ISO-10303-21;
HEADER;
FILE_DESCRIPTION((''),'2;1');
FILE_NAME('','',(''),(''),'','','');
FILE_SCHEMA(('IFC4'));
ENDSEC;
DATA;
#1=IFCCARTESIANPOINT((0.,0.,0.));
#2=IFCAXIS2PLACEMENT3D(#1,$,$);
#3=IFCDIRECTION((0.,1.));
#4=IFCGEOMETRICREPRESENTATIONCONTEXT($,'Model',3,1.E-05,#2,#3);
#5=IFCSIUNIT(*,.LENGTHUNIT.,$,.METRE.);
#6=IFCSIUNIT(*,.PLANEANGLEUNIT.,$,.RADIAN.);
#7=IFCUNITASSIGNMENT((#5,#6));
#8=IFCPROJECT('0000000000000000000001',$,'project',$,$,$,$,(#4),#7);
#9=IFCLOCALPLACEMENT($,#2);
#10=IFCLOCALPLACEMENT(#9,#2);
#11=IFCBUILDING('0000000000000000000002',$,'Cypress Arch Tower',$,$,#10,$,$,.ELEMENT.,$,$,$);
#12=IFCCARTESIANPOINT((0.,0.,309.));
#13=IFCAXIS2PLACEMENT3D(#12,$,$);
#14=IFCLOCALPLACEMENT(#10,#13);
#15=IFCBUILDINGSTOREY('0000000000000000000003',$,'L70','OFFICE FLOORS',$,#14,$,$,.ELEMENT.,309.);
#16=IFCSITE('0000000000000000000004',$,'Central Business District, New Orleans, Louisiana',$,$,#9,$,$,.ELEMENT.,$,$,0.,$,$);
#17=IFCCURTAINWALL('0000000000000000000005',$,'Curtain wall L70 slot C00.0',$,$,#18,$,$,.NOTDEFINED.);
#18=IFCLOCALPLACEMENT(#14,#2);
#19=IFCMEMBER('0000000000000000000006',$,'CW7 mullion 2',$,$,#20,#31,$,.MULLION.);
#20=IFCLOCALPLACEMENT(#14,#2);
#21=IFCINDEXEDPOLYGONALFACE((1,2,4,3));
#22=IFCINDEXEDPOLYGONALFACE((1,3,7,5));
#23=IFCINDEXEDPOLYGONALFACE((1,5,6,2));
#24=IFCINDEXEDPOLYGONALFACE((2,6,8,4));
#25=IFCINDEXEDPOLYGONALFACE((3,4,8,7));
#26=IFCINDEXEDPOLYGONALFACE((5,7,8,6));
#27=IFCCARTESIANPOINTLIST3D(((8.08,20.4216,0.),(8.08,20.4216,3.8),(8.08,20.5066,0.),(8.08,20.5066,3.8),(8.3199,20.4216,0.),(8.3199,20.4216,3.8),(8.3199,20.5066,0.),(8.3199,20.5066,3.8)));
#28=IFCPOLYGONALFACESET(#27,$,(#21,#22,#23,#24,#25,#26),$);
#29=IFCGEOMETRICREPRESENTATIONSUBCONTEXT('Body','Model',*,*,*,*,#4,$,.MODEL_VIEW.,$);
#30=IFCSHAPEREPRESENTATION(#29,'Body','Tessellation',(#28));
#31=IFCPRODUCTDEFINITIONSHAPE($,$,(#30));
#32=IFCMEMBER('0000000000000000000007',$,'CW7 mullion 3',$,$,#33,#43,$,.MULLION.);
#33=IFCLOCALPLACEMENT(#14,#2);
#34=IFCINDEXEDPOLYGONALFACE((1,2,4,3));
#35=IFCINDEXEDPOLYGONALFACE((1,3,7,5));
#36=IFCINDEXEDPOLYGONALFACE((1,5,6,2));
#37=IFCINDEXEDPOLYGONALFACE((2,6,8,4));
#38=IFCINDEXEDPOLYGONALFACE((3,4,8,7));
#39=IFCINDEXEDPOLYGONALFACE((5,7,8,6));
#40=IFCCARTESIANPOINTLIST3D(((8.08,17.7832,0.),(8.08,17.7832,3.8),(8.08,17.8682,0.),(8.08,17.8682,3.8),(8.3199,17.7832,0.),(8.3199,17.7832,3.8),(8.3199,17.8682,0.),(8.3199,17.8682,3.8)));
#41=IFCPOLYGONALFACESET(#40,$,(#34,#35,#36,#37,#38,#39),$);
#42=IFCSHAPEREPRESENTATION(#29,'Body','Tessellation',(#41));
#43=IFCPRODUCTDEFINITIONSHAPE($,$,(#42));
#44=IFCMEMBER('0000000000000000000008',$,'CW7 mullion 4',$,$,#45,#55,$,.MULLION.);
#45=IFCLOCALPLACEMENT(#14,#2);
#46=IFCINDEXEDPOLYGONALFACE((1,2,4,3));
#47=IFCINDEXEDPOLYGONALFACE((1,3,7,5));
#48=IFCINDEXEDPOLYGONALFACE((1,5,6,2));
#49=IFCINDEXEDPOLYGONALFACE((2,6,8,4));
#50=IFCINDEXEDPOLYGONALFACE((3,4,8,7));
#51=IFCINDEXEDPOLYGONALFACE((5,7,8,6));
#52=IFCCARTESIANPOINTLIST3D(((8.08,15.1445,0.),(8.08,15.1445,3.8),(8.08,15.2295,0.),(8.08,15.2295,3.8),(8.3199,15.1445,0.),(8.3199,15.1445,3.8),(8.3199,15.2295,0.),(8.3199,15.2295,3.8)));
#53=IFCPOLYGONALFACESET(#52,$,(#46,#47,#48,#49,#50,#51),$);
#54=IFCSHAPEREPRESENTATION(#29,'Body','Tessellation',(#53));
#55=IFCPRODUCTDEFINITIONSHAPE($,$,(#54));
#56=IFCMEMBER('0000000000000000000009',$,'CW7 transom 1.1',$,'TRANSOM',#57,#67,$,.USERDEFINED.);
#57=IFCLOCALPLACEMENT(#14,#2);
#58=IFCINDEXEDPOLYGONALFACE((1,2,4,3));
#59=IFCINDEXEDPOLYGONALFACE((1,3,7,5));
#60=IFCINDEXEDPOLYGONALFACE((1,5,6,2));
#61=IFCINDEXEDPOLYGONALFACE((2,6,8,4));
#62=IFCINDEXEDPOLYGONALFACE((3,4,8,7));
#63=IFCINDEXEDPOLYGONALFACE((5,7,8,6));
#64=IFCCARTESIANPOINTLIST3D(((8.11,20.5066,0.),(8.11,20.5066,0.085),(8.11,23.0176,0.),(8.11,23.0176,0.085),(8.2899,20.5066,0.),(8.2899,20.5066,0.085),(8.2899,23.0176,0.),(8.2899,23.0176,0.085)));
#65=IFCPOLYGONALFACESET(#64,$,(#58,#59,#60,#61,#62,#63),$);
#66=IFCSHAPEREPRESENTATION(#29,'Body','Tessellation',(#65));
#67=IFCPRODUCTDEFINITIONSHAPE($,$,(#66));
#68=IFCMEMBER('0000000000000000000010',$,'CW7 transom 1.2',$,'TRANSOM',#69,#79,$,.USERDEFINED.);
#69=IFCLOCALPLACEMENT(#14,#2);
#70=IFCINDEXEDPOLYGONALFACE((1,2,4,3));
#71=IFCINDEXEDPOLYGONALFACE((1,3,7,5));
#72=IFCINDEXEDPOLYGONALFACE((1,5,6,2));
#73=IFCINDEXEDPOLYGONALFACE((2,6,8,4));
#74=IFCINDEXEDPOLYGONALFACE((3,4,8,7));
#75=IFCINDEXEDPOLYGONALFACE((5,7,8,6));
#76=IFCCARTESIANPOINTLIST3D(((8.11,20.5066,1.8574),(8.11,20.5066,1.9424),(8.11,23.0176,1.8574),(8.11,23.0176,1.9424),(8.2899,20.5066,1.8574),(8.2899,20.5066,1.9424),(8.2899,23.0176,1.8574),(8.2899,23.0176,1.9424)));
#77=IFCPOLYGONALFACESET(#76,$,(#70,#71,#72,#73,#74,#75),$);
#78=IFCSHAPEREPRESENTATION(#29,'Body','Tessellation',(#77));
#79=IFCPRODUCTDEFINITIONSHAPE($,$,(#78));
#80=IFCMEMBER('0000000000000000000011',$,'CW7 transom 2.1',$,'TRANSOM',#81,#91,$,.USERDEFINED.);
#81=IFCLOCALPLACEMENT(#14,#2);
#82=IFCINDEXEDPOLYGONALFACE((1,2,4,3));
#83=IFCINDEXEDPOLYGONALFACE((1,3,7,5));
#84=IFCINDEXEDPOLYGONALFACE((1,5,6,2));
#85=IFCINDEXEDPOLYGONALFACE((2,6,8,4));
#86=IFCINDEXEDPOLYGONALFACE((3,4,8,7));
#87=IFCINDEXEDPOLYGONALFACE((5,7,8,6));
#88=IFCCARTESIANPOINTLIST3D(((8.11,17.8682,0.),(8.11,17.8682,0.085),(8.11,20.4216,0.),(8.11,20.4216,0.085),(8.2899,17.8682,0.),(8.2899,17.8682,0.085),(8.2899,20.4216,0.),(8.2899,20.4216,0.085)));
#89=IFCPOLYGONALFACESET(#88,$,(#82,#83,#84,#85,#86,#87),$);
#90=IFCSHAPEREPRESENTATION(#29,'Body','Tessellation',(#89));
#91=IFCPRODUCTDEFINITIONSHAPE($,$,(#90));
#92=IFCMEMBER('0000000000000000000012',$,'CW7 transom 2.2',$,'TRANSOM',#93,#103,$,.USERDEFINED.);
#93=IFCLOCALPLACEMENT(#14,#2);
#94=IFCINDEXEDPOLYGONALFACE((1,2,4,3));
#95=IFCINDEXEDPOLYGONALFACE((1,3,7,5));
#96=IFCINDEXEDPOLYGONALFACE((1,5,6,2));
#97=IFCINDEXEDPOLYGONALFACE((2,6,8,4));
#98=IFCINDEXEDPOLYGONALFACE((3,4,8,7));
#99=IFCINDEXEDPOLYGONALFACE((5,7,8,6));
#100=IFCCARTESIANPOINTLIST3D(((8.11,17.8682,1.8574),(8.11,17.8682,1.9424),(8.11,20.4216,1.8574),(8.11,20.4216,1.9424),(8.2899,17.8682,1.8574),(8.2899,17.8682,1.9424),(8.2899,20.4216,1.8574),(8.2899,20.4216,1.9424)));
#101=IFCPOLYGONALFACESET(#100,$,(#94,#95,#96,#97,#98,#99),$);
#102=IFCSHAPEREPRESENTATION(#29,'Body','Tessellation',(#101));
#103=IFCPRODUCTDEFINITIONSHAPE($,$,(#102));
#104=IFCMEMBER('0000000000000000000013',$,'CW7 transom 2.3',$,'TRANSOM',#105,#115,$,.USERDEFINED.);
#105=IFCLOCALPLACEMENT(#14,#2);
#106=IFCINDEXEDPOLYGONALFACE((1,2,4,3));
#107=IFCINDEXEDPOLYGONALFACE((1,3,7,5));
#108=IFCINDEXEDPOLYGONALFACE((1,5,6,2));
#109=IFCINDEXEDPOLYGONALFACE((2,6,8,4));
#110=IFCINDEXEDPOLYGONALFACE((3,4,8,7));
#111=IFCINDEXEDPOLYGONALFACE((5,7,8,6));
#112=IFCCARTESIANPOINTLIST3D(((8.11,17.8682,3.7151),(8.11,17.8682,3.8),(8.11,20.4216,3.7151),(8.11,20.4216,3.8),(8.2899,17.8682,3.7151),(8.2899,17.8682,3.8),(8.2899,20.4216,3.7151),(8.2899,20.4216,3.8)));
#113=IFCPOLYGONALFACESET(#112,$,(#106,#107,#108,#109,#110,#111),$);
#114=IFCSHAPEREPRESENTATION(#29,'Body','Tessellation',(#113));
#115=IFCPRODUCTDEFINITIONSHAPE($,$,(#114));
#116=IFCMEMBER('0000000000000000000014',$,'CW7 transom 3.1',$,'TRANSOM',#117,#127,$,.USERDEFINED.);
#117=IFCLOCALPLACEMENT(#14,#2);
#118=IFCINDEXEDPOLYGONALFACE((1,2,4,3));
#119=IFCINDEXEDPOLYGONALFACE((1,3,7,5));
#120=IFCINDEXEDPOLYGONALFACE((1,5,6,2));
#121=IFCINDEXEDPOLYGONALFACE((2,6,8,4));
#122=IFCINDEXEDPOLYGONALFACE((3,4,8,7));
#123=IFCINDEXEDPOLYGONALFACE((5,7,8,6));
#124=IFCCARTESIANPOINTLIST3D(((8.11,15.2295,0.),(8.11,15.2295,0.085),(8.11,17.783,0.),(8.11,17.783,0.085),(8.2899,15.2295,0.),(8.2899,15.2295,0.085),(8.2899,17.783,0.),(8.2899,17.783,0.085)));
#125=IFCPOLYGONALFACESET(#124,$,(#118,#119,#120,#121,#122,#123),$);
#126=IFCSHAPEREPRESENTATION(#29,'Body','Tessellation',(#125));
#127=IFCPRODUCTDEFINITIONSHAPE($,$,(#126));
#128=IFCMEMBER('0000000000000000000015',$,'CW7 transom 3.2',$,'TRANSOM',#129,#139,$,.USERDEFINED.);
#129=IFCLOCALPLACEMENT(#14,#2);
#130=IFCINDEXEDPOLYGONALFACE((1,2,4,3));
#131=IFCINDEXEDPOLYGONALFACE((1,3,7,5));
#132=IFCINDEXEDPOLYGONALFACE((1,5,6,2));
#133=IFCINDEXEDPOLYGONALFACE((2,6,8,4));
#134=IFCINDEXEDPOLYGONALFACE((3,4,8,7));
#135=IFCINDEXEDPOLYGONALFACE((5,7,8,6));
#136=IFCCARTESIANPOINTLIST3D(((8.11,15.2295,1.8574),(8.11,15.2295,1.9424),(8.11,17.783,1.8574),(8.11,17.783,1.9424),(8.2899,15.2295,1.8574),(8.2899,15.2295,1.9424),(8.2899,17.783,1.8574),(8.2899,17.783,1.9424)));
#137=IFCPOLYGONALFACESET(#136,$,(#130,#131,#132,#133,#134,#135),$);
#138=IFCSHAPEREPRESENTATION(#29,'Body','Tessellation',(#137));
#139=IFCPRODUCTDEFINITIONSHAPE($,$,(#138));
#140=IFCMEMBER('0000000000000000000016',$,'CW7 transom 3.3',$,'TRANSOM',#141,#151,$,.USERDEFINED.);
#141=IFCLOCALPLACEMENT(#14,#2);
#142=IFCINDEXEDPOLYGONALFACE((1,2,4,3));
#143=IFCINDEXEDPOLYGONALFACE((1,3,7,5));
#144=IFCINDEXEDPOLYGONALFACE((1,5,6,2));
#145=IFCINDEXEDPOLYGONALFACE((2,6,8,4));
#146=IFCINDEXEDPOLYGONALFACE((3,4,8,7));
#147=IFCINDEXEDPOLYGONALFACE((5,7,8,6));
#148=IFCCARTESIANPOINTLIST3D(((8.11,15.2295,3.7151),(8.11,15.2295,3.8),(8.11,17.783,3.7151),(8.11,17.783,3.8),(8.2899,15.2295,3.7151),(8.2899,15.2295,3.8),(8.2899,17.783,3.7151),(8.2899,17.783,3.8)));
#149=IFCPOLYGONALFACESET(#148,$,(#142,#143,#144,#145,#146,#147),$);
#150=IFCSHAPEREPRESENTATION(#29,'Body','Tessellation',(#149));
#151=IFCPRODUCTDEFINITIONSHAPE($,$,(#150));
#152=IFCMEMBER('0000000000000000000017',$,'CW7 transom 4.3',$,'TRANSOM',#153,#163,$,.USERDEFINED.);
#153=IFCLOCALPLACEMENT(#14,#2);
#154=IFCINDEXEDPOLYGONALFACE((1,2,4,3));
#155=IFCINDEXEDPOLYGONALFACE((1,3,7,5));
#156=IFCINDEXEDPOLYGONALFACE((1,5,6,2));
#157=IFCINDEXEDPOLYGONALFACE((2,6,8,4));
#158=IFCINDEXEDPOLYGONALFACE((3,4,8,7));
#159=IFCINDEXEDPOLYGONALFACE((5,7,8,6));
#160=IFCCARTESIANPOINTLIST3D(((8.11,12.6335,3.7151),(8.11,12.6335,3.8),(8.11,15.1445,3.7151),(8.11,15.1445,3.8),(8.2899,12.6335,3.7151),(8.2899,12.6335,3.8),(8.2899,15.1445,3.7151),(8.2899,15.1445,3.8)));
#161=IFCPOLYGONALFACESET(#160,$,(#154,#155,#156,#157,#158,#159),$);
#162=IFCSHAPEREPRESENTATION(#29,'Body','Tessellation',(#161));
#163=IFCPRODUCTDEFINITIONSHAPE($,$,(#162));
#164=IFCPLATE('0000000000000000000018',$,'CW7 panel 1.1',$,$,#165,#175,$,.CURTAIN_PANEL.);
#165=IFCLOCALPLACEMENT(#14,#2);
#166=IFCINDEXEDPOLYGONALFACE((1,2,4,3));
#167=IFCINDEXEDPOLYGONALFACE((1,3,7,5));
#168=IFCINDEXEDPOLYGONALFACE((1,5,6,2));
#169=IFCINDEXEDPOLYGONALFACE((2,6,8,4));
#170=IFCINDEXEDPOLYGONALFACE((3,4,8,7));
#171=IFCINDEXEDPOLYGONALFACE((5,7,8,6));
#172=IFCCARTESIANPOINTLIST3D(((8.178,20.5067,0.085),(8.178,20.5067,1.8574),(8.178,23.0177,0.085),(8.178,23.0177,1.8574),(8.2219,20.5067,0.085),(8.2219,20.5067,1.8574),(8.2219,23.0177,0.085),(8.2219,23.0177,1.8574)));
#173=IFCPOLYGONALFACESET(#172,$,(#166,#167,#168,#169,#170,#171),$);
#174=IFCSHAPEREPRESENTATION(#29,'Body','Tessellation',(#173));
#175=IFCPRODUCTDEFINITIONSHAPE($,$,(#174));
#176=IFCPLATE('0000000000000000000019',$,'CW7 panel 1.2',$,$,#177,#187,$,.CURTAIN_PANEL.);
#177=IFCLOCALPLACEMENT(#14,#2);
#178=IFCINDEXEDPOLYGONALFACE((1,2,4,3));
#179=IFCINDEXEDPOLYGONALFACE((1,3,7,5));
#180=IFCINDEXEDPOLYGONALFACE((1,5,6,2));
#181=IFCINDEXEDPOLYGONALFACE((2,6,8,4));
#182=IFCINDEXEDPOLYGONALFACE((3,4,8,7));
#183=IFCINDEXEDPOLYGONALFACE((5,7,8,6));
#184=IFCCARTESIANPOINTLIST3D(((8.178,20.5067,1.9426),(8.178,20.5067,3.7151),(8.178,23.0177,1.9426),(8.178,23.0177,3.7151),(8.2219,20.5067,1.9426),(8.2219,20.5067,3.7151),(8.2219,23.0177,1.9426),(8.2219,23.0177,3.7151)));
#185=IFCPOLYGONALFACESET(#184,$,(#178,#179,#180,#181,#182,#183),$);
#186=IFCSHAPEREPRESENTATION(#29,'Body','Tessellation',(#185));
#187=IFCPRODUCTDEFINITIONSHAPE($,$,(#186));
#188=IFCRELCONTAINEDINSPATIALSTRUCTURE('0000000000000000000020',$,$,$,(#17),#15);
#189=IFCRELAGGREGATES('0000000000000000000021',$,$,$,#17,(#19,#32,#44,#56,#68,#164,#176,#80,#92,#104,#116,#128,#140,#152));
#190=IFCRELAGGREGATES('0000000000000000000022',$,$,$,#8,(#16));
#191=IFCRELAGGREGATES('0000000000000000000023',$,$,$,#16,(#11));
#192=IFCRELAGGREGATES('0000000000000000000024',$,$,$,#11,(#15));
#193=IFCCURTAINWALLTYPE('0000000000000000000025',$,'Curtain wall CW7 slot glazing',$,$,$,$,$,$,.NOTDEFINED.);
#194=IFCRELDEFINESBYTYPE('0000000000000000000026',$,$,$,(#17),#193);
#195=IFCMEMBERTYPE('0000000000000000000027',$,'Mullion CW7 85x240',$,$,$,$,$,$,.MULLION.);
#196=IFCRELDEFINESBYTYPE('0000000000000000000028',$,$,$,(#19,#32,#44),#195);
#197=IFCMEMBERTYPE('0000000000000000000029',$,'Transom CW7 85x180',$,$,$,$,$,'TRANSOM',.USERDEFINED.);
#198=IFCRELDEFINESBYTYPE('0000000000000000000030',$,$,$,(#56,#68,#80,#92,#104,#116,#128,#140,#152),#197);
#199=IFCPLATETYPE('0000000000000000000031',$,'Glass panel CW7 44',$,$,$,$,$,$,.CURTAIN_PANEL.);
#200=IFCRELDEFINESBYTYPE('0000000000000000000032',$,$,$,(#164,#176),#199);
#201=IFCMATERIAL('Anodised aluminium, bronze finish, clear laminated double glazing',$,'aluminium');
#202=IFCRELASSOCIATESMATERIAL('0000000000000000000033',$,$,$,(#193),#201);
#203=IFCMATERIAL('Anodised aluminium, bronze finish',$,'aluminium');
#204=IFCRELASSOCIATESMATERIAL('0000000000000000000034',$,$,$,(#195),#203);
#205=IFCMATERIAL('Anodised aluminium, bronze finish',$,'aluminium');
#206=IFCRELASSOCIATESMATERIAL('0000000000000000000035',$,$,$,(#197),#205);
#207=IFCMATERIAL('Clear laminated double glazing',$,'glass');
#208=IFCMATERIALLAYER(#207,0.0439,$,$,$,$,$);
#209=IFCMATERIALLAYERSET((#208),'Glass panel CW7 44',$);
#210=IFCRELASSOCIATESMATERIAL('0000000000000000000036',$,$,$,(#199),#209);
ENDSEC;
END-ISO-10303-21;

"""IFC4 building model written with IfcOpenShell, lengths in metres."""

from ifc_helpers import new_model, si_unit, direction, frame, origin, origin_2d, place, context, subcontext, project, spatial, rectangle, extrude, material, layer, layer_set, material_profile, profile_set, type_object, element, aggregate, save


model = new_model("IFC4")

# Units and contexts
model_context = context("Model", 3, precision=1e-05, world=origin(), true_north=direction((0.0, 1.0)))
body_context = subcontext(model_context, "Body", "Model", "MODEL_VIEW")
ifc_project = project(units=[si_unit("LENGTHUNIT", "METRE"), si_unit("PLANEANGLEUNIT", "RADIAN")], contexts=[model_context])

# Site, building, storey
site_placement = place(None, origin())
site = spatial("IfcSite", under=ifc_project, at=site_placement, Name="Central Business District, New Orleans, Louisiana", CompositionType="ELEMENT", RefElevation=0.0)
building_placement = place(site_placement, origin())
building = spatial("IfcBuilding", under=site, at=building_placement, Name="Cypress Arch Tower", CompositionType="ELEMENT")
storey_placement = place(building_placement, frame((0.0, 0.0, 309.0)))
storey = spatial("IfcBuildingStorey", under=building, at=storey_placement, Name="L70", Description="OFFICE FLOORS", CompositionType="ELEMENT", Elevation=309.0)

# Curtain wall, members, plates
ifc_material_1 = material(Name="Anodised aluminium, bronze finish, clear laminated double glazing", Category="aluminium")
curtain_wall_type = type_object("IfcCurtainWallType", Name="Curtain wall CW7 slot glazing", PredefinedType="NOTDEFINED", material=ifc_material_1)
curtain_wall_placement = place(storey_placement, origin())
curtain_wall = element("IfcCurtainWall", 1, at=curtain_wall_placement, inside=storey, type_object=curtain_wall_type, Name="Curtain wall L70 slot C00.0", PredefinedType="NOTDEFINED")
ifc_material_2 = material(Name="Anodised aluminium, bronze finish", Category="aluminium")
ifc_material_profile_1 = material_profile(ifc_material_2, rectangle(XDim=0.24, YDim=0.085, at=origin_2d()), Name="Mullion 85x240")
ifc_profile_set_1 = profile_set([ifc_material_profile_1], Name="Anodised aluminium, bronze finish")
member_type_1 = type_object("IfcMemberType", Name="Mullion CW7 85x240", PredefinedType="MULLION", material=ifc_profile_set_1)
member_1_placement = place(storey_placement, frame((8.2, 20.4641, 0.0), z_axis=(0.0, 0.0, 1.0), x_axis=(1.0, 0.0, 0.0)))
member_1 = element("IfcMember", 2, at=member_1_placement, type_object=member_type_1, Name="CW7 mullion 2", PredefinedType="MULLION", context=body_context, shape_type="SweptSolid", body=[
    extrude(rectangle(XDim=0.24, YDim=0.085, at=origin_2d()), origin(), (0.0, 0.0, 1.0), 3.8),
])
member_2_placement = place(storey_placement, frame((8.2, 17.8257, 0.0), z_axis=(0.0, 0.0, 1.0), x_axis=(1.0, 0.0, 0.0)))
member_2 = element("IfcMember", 3, at=member_2_placement, type_object=member_type_1, Name="CW7 mullion 3", PredefinedType="MULLION", context=body_context, shape_type="SweptSolid", body=[
    extrude(rectangle(XDim=0.24, YDim=0.085, at=origin_2d()), origin(), (0.0, 0.0, 1.0), 3.8),
])
member_3_placement = place(storey_placement, frame((8.2, 15.187, 0.0), z_axis=(0.0, 0.0, 1.0), x_axis=(1.0, 0.0, 0.0)))
member_3 = element("IfcMember", 4, at=member_3_placement, type_object=member_type_1, Name="CW7 mullion 4", PredefinedType="MULLION", context=body_context, shape_type="SweptSolid", body=[
    extrude(rectangle(XDim=0.24, YDim=0.085, at=origin_2d()), origin(), (0.0, 0.0, 1.0), 3.8),
])
ifc_material_3 = material(Name="Anodised aluminium, bronze finish", Category="aluminium")
ifc_material_profile_2 = material_profile(ifc_material_3, rectangle(XDim=0.1799, YDim=0.085, at=origin_2d()), Name="Transom 85x180")
ifc_profile_set_2 = profile_set([ifc_material_profile_2], Name="Anodised aluminium, bronze finish")
member_type_2 = type_object("IfcMemberType", Name="Transom CW7 85x180", ElementType="TRANSOM", PredefinedType="USERDEFINED", material=ifc_profile_set_2)
member_4_placement = place(storey_placement, frame((8.2, 23.0176, 0.0425), z_axis=(0.0, -1.0, 0.0), x_axis=(1.0, 0.0, 0.0)))
member_4 = element("IfcMember", 5, at=member_4_placement, type_object=member_type_2, Name="CW7 transom 1.1", ObjectType="TRANSOM", PredefinedType="USERDEFINED", context=body_context, shape_type="SweptSolid", body=[
    extrude(rectangle(XDim=0.1799, YDim=0.085, at=origin_2d()), origin(), (0.0, 0.0, 1.0), 2.511),
])
member_5_placement = place(storey_placement, frame((8.2, 23.0176, 1.8999), z_axis=(0.0, -1.0, 0.0), x_axis=(1.0, 0.0, 0.0)))
member_5 = element("IfcMember", 6, at=member_5_placement, type_object=member_type_2, Name="CW7 transom 1.2", ObjectType="TRANSOM", PredefinedType="USERDEFINED", context=body_context, shape_type="SweptSolid", body=[
    extrude(rectangle(XDim=0.1799, YDim=0.085, at=origin_2d()), origin(), (0.0, 0.0, 1.0), 2.511),
])
member_6_placement = place(storey_placement, frame((8.2, 20.4216, 0.0425), z_axis=(0.0, -1.0, 0.0), x_axis=(1.0, 0.0, 0.0)))
member_6 = element("IfcMember", 7, at=member_6_placement, type_object=member_type_2, Name="CW7 transom 2.1", ObjectType="TRANSOM", PredefinedType="USERDEFINED", context=body_context, shape_type="SweptSolid", body=[
    extrude(rectangle(XDim=0.1799, YDim=0.085, at=origin_2d()), origin(), (0.0, 0.0, 1.0), 2.5535),
])
member_7_placement = place(storey_placement, frame((8.2, 20.4216, 1.8999), z_axis=(0.0, -1.0, 0.0), x_axis=(1.0, 0.0, 0.0)))
member_7 = element("IfcMember", 8, at=member_7_placement, type_object=member_type_2, Name="CW7 transom 2.2", ObjectType="TRANSOM", PredefinedType="USERDEFINED", context=body_context, shape_type="SweptSolid", body=[
    extrude(rectangle(XDim=0.1799, YDim=0.085, at=origin_2d()), origin(), (0.0, 0.0, 1.0), 2.5535),
])
member_8_placement = place(storey_placement, frame((8.2, 20.4216, 3.7576), z_axis=(0.0, -1.0, 0.0), x_axis=(1.0, 0.0, 0.0)))
member_8 = element("IfcMember", 9, at=member_8_placement, type_object=member_type_2, Name="CW7 transom 2.3", ObjectType="TRANSOM", PredefinedType="USERDEFINED", context=body_context, shape_type="SweptSolid", body=[
    extrude(rectangle(XDim=0.1799, YDim=0.085, at=origin_2d()), origin(), (0.0, 0.0, 1.0), 2.5535),
])
member_9_placement = place(storey_placement, frame((8.2, 17.783, 0.0425), z_axis=(0.0, -1.0, 0.0), x_axis=(1.0, 0.0, 0.0)))
member_9 = element("IfcMember", 10, at=member_9_placement, type_object=member_type_2, Name="CW7 transom 3.1", ObjectType="TRANSOM", PredefinedType="USERDEFINED", context=body_context, shape_type="SweptSolid", body=[
    extrude(rectangle(XDim=0.1799, YDim=0.085, at=origin_2d()), origin(), (0.0, 0.0, 1.0), 2.5535),
])
member_10_placement = place(storey_placement, frame((8.2, 17.783, 1.8999), z_axis=(0.0, -1.0, 0.0), x_axis=(1.0, 0.0, 0.0)))
member_10 = element("IfcMember", 11, at=member_10_placement, type_object=member_type_2, Name="CW7 transom 3.2", ObjectType="TRANSOM", PredefinedType="USERDEFINED", context=body_context, shape_type="SweptSolid", body=[
    extrude(rectangle(XDim=0.1799, YDim=0.085, at=origin_2d()), origin(), (0.0, 0.0, 1.0), 2.5535),
])
member_11_placement = place(storey_placement, frame((8.2, 17.783, 3.7576), z_axis=(0.0, -1.0, 0.0), x_axis=(1.0, 0.0, 0.0)))
member_11 = element("IfcMember", 12, at=member_11_placement, type_object=member_type_2, Name="CW7 transom 3.3", ObjectType="TRANSOM", PredefinedType="USERDEFINED", context=body_context, shape_type="SweptSolid", body=[
    extrude(rectangle(XDim=0.1799, YDim=0.085, at=origin_2d()), origin(), (0.0, 0.0, 1.0), 2.5535),
])
member_12_placement = place(storey_placement, frame((8.2, 15.1445, 3.7576), z_axis=(0.0, -1.0, 0.0), x_axis=(1.0, 0.0, 0.0)))
member_12 = element("IfcMember", 13, at=member_12_placement, type_object=member_type_2, Name="CW7 transom 4.3", ObjectType="TRANSOM", PredefinedType="USERDEFINED", context=body_context, shape_type="SweptSolid", body=[
    extrude(rectangle(XDim=0.1799, YDim=0.085, at=origin_2d()), origin(), (0.0, 0.0, 1.0), 2.511),
])
ifc_material_4 = material(Name="Clear laminated double glazing", Category="glass")
ifc_layer = layer(ifc_material_4, 0.0439)
ifc_layer_set = layer_set([ifc_layer], Name="Glass panel CW7 44")
plate_type = type_object("IfcPlateType", Name="Glass panel CW7 44", PredefinedType="CURTAIN_PANEL", material=ifc_layer_set)
plate_1_placement = place(storey_placement, frame((8.2, 21.7622, 0.085), z_axis=(0.0, 0.0, 1.0), x_axis=(0.0, -1.0, 0.0)))
plate_1 = element("IfcPlate", 14, at=plate_1_placement, type_object=plate_type, Name="CW7 panel 1.1", PredefinedType="CURTAIN_PANEL", context=body_context, shape_type="SweptSolid", body=[
    extrude(rectangle(XDim=2.511, YDim=0.0439, at=origin_2d()), origin(), (0.0, 0.0, 1.0), 1.7725),
])
plate_2_placement = place(storey_placement, frame((8.2, 21.7622, 1.9426), z_axis=(0.0, 0.0, 1.0), x_axis=(0.0, -1.0, 0.0)))
plate_2 = element("IfcPlate", 15, at=plate_2_placement, type_object=plate_type, Name="CW7 panel 1.2", PredefinedType="CURTAIN_PANEL", context=body_context, shape_type="SweptSolid", body=[
    extrude(rectangle(XDim=2.511, YDim=0.0439, at=origin_2d()), origin(), (0.0, 0.0, 1.0), 1.7725),
])
aggregate(curtain_wall, [member_1, member_2, member_3, member_4, member_5, plate_1, plate_2, member_6, member_7, member_8, member_9, member_10, member_11, member_12])

save(model, "model.ifc")
